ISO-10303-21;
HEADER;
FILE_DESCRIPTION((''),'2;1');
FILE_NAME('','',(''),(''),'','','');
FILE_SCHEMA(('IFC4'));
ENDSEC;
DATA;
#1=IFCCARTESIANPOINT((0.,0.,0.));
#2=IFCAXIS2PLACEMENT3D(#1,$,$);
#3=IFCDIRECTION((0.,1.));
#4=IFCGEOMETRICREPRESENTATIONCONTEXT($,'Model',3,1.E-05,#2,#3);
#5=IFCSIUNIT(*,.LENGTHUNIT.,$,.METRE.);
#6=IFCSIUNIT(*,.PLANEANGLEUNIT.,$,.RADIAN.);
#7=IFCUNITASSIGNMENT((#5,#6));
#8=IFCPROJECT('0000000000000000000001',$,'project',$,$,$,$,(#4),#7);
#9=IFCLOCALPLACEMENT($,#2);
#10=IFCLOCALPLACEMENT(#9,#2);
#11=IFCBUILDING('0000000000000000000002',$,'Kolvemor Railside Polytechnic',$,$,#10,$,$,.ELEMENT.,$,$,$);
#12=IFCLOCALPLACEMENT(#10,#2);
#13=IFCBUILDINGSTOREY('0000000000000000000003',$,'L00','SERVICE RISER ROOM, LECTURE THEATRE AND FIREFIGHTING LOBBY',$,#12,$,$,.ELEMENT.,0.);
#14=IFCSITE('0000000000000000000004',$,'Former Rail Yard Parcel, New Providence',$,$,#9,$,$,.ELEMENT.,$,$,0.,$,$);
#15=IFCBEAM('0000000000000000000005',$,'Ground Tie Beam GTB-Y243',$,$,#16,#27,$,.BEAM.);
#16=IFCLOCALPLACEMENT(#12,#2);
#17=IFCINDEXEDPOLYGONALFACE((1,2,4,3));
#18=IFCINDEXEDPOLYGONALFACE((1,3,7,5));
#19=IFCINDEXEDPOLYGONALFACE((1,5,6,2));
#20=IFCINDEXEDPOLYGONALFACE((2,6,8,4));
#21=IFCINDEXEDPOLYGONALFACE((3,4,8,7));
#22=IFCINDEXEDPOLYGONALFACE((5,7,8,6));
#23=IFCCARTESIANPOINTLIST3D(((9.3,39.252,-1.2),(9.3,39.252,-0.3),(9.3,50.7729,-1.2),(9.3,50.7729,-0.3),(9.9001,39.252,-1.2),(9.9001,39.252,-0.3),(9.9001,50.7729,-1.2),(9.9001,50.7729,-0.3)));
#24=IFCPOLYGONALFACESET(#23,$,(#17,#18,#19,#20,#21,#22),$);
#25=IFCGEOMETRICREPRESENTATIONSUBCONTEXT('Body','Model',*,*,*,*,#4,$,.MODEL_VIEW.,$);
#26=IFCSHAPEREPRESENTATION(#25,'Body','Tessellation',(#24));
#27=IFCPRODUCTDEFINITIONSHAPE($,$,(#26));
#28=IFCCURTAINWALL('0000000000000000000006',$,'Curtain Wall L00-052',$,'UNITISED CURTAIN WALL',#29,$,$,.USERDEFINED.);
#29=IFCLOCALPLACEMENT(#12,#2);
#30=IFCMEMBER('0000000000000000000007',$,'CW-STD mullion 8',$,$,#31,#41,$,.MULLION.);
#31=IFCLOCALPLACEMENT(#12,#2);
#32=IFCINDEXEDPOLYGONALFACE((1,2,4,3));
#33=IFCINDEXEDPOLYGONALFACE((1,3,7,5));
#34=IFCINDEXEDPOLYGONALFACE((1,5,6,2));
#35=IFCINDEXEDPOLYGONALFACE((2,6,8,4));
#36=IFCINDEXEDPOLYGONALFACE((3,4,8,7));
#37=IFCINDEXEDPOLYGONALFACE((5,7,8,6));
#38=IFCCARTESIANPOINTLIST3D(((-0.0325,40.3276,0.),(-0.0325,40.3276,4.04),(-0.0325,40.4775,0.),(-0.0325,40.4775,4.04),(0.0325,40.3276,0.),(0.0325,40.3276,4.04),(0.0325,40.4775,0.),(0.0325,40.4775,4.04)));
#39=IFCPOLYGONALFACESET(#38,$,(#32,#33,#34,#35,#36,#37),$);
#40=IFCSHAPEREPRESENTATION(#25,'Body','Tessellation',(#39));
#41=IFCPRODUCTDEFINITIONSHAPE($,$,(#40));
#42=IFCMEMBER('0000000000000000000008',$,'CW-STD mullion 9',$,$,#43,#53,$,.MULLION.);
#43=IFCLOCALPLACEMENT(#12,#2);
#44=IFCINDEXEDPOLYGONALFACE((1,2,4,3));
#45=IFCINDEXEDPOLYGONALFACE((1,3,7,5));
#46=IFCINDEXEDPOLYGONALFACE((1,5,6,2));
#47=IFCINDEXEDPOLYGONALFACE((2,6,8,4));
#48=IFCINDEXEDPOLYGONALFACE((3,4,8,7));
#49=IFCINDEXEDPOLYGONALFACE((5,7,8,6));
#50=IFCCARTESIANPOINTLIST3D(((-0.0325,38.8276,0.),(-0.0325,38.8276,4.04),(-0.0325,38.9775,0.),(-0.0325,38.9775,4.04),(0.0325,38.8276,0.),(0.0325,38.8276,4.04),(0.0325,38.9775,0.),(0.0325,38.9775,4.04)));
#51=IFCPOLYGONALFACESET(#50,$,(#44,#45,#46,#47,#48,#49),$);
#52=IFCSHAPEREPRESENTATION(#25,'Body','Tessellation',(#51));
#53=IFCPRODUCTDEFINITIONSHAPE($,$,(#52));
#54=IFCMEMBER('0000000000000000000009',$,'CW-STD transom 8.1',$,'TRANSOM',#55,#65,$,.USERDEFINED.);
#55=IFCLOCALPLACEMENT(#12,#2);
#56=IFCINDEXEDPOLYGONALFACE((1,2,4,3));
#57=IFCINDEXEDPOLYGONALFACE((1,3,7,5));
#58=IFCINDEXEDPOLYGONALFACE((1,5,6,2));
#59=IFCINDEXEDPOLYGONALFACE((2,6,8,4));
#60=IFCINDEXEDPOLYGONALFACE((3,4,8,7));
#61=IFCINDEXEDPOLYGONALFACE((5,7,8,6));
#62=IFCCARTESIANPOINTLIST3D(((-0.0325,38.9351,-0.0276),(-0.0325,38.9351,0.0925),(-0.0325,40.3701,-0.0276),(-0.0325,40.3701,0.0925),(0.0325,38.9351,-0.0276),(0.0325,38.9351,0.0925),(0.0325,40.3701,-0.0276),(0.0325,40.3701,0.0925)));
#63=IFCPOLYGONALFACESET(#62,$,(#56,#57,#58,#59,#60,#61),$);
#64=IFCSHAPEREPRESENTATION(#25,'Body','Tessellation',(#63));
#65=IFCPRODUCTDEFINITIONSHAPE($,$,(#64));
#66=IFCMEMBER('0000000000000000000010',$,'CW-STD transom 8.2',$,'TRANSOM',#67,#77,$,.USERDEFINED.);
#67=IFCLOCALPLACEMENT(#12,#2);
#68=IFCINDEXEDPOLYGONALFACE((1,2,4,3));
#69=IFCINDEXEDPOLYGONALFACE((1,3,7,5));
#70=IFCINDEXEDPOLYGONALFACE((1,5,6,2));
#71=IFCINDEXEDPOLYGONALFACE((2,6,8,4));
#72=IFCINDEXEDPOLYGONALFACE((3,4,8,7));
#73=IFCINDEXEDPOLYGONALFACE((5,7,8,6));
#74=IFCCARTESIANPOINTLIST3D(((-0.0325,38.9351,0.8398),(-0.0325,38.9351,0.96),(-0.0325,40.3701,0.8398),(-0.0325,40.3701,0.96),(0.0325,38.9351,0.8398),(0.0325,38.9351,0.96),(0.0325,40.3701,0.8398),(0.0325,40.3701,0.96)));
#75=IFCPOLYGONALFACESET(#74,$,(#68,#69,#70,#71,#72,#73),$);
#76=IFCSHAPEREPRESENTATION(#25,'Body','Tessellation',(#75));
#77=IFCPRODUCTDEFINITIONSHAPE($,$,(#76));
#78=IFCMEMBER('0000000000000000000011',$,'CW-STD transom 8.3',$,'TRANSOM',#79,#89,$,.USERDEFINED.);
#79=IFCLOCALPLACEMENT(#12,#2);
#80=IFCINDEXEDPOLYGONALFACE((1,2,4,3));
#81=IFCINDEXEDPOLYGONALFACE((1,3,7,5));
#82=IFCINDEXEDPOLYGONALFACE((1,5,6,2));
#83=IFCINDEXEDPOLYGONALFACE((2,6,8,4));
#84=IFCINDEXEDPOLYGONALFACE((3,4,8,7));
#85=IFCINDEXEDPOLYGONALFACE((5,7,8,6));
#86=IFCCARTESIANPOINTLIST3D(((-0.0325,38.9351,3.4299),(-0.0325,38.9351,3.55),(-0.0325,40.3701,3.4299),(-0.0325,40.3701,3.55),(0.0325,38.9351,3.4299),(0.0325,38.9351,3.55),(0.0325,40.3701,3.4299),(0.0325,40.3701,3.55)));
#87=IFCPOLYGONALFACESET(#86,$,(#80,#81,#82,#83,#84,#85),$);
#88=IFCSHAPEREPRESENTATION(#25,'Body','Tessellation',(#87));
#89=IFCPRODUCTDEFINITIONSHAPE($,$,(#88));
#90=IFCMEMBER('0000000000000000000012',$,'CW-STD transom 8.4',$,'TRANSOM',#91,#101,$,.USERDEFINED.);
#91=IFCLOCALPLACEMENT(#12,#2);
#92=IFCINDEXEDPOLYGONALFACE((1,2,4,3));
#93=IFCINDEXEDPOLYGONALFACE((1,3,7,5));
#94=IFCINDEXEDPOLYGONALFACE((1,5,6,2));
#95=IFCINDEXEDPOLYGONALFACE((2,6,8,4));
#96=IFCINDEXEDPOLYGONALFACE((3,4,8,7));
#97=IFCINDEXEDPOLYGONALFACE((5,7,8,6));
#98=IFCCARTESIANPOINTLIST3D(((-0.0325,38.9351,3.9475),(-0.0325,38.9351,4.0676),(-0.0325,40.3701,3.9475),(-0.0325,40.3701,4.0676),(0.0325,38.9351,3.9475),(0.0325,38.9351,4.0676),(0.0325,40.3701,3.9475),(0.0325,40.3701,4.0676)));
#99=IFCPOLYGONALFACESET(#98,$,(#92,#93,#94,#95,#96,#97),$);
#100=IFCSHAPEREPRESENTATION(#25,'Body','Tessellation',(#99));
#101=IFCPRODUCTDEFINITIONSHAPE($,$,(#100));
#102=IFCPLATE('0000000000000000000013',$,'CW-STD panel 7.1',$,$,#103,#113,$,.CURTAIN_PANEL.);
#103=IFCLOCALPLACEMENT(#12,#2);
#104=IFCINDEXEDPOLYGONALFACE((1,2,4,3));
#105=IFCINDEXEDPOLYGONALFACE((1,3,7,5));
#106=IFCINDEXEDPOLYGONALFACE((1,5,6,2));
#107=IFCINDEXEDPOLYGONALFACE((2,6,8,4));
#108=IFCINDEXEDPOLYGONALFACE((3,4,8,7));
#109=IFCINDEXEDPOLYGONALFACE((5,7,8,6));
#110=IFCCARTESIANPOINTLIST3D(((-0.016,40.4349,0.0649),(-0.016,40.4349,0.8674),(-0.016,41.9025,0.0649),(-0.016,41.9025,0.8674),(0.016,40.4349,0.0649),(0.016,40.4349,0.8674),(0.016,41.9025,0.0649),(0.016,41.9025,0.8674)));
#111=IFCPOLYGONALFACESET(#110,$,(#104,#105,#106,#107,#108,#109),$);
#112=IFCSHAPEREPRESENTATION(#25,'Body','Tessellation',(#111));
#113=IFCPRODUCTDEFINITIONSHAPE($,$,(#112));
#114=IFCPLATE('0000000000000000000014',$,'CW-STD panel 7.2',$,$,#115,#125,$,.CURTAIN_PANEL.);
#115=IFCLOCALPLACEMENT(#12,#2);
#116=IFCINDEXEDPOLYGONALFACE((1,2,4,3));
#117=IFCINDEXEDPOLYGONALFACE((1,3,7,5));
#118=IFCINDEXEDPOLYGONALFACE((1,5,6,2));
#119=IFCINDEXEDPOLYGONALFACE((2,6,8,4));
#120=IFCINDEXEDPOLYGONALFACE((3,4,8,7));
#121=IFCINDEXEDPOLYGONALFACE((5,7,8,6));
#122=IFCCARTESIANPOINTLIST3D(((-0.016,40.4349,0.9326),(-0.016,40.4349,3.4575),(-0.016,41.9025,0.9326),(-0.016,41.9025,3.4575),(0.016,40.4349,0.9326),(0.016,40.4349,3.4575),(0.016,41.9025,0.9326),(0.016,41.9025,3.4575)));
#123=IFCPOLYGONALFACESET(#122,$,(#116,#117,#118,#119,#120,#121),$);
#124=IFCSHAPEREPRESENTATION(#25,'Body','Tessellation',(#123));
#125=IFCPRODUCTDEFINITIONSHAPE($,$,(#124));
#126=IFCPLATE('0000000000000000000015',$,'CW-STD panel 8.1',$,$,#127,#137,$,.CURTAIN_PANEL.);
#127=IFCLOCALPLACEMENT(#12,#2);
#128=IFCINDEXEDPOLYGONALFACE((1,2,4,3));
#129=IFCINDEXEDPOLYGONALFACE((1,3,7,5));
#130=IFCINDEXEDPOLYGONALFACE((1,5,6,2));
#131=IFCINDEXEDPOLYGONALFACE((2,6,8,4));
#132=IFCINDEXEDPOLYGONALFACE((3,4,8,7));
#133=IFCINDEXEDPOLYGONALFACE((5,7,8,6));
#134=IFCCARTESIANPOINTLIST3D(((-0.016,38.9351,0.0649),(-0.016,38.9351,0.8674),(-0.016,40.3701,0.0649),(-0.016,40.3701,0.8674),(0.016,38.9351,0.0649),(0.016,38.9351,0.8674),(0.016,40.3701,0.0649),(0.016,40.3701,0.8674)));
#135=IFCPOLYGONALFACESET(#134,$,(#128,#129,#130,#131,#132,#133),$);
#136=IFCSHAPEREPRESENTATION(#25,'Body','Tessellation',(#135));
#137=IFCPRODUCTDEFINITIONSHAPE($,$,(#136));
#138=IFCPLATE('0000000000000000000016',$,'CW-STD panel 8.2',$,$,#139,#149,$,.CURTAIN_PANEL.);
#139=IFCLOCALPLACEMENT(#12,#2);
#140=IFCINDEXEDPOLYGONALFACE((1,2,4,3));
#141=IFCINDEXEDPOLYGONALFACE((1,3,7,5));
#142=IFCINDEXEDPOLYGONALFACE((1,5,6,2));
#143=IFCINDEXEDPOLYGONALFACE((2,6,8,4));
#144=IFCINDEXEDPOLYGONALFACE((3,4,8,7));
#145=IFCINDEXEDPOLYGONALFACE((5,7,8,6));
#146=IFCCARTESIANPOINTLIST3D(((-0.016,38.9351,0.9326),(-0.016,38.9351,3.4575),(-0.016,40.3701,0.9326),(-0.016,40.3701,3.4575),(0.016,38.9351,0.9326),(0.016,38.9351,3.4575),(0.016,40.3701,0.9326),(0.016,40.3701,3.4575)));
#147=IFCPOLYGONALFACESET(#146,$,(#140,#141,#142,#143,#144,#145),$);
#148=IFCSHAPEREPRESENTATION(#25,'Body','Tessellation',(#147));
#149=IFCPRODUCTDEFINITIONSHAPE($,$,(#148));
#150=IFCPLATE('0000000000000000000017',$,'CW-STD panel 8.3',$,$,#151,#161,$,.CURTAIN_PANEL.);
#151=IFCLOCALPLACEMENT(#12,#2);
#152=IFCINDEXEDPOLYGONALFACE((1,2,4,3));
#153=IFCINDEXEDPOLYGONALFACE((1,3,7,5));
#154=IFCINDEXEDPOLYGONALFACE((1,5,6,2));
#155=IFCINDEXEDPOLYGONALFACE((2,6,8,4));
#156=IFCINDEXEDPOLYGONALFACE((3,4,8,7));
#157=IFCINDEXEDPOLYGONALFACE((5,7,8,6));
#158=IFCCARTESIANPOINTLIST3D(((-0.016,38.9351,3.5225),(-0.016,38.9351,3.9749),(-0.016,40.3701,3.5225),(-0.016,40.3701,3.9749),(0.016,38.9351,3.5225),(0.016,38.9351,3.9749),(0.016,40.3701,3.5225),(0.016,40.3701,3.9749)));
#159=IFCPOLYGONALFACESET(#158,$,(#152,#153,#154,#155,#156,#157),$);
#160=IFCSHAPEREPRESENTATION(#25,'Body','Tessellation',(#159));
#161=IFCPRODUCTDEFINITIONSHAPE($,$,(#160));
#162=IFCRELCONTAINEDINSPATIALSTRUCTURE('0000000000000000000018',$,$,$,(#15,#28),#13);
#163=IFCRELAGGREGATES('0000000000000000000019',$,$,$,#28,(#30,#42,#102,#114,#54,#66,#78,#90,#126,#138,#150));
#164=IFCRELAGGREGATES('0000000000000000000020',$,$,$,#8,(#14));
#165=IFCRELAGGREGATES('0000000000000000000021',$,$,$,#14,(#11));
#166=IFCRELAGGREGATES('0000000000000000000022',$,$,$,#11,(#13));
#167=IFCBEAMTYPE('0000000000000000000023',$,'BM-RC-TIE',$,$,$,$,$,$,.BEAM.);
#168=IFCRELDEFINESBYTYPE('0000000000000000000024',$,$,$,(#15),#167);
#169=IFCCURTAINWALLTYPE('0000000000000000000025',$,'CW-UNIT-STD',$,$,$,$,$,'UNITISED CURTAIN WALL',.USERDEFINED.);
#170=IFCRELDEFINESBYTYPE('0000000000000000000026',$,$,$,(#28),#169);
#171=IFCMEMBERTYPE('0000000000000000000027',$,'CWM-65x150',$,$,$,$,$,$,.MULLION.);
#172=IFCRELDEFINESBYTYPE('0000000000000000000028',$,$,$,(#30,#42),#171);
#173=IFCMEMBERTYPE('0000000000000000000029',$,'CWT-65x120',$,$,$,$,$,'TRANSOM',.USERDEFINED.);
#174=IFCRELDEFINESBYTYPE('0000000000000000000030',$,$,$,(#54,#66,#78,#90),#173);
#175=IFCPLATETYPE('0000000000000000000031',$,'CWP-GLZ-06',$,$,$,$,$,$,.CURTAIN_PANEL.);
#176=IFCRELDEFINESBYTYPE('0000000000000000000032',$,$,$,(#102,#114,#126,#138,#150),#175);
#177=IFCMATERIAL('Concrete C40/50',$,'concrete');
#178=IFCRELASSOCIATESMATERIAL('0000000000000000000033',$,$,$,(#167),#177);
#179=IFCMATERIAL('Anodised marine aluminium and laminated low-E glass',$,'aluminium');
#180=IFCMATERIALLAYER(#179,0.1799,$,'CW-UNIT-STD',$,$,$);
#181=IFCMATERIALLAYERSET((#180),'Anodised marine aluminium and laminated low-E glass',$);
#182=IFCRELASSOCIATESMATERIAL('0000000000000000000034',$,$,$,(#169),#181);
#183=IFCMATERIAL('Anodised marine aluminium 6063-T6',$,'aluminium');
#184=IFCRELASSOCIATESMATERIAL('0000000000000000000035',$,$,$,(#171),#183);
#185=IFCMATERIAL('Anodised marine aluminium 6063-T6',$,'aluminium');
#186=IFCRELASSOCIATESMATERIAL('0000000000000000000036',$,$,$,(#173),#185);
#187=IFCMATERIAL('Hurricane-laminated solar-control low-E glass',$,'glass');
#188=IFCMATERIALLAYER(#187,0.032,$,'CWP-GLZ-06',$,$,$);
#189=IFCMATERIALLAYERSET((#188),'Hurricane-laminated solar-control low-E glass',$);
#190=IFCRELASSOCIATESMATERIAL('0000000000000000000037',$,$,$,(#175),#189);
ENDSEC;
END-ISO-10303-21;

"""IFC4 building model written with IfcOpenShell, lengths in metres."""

from ifc_helpers import new_model, si_unit, direction, frame, origin, origin_2d, place, context, subcontext, project, spatial, rectangle, extrude, material, layer, layer_set, material_profile, profile_set, type_object, element, aggregate, save


model = new_model("IFC4")

# Units and contexts
model_context = context("Model", 3, precision=1e-05, world=origin(), true_north=direction((0.0, 1.0)))
body_context = subcontext(model_context, "Body", "Model", "MODEL_VIEW")
ifc_project = project(units=[si_unit("LENGTHUNIT", "METRE"), si_unit("PLANEANGLEUNIT", "RADIAN")], contexts=[model_context])

# Site, building, storey
site_placement = place(None, origin())
site = spatial("IfcSite", under=ifc_project, at=site_placement, Name="Former Rail Yard Parcel, New Providence", CompositionType="ELEMENT", RefElevation=0.0)
building_placement = place(site_placement, origin())
building = spatial("IfcBuilding", under=site, at=building_placement, Name="Kolvemor Railside Polytechnic", CompositionType="ELEMENT")
storey_placement = place(building_placement, origin())
storey = spatial("IfcBuildingStorey", under=building, at=storey_placement, Name="L00", Description="SERVICE RISER ROOM, LECTURE THEATRE AND FIREFIGHTING LOBBY", CompositionType="ELEMENT", Elevation=0.0)

# Beam
ifc_material_1 = material(Name="Concrete C40/50", Category="concrete")
ifc_material_profile_1 = material_profile(ifc_material_1, rectangle(XDim=0.6001, YDim=0.8999, at=origin_2d()), Name="RC600x900")
ifc_profile_set_1 = profile_set([ifc_material_profile_1], Name="Concrete C40/50")
beam_type_1 = type_object("IfcBeamType", Name="BM-RC-TIE", PredefinedType="BEAM", material=ifc_profile_set_1)
beam_1_placement = place(storey_placement, frame((9.6001, 39.252, -0.75), z_axis=(0.0, 1.0, 0.0), x_axis=(-1.0, 0.0, 0.0)))
element("IfcBeam", 1, at=beam_1_placement, inside=storey, type_object=beam_type_1, Name="Ground Tie Beam GTB-Y243", PredefinedType="BEAM", context=body_context, shape_type="SweptSolid", body=[
    extrude(rectangle(XDim=0.6001, YDim=0.8999, at=origin_2d()), origin(), (0.0, 0.0, 1.0), 11.521),
])

# Curtain wall, members, plates
ifc_material_2 = material(Name="Anodised marine aluminium and laminated low-E glass", Category="aluminium")
ifc_layer_1 = layer(ifc_material_2, 0.1799, Name="CW-UNIT-STD")
ifc_layer_set_1 = layer_set([ifc_layer_1], Name="Anodised marine aluminium and laminated low-E glass")
curtain_wall_type = type_object("IfcCurtainWallType", Name="CW-UNIT-STD", ElementType="UNITISED CURTAIN WALL", PredefinedType="USERDEFINED", material=ifc_layer_set_1)
curtain_wall_placement = place(storey_placement, origin())
curtain_wall = element("IfcCurtainWall", 2, at=curtain_wall_placement, inside=storey, type_object=curtain_wall_type, Name="Curtain Wall L00-052", ObjectType="UNITISED CURTAIN WALL", PredefinedType="USERDEFINED")
ifc_material_3 = material(Name="Anodised marine aluminium 6063-T6", Category="aluminium")
ifc_material_profile_2 = material_profile(ifc_material_3, rectangle(XDim=0.0649, YDim=0.1499, at=origin_2d()), Name="CW-MUL-65x150")
ifc_profile_set_2 = profile_set([ifc_material_profile_2], Name="Anodised marine aluminium 6063-T6")
member_type_1 = type_object("IfcMemberType", Name="CWM-65x150", PredefinedType="MULLION", material=ifc_profile_set_2)
member_1_placement = place(storey_placement, frame((0.0, 40.4026, 0.0), z_axis=(0.0, 0.0, 1.0), x_axis=(1.0, 0.0, 0.0)))
member_1 = element("IfcMember", 3, at=member_1_placement, type_object=member_type_1, Name="CW-STD mullion 8", PredefinedType="MULLION", context=body_context, shape_type="SweptSolid", body=[
    extrude(rectangle(XDim=0.0649, YDim=0.1499, at=origin_2d()), origin(), (0.0, 0.0, 1.0), 4.04),
])
member_2_placement = place(storey_placement, frame((0.0, 38.9026, 0.0), z_axis=(0.0, 0.0, 1.0), x_axis=(1.0, 0.0, 0.0)))
member_2 = element("IfcMember", 4, at=member_2_placement, type_object=member_type_1, Name="CW-STD mullion 9", PredefinedType="MULLION", context=body_context, shape_type="SweptSolid", body=[
    extrude(rectangle(XDim=0.0649, YDim=0.1499, at=origin_2d()), origin(), (0.0, 0.0, 1.0), 4.04),
])
ifc_material_4 = material(Name="Anodised marine aluminium 6063-T6", Category="aluminium")
ifc_material_profile_3 = material_profile(ifc_material_4, rectangle(XDim=0.0649, YDim=0.1201, at=origin_2d()), Name="CW-TRN-65x120")
ifc_profile_set_3 = profile_set([ifc_material_profile_3], Name="Anodised marine aluminium 6063-T6")
member_type_2 = type_object("IfcMemberType", Name="CWT-65x120", ElementType="TRANSOM", PredefinedType="USERDEFINED", material=ifc_profile_set_3)
member_3_placement = place(storey_placement, frame((0.0, 40.3701, 0.0325), z_axis=(0.0, -1.0, 0.0), x_axis=(1.0, 0.0, 0.0)))
member_3 = element("IfcMember", 5, at=member_3_placement, type_object=member_type_2, Name="CW-STD transom 8.1", ObjectType="TRANSOM", PredefinedType="USERDEFINED", context=body_context, shape_type="SweptSolid", body=[
    extrude(rectangle(XDim=0.0649, YDim=0.1201, at=origin_2d()), origin(), (0.0, 0.0, 1.0), 1.4351),
])
member_4_placement = place(storey_placement, frame((0.0, 40.3701, 0.8999), z_axis=(0.0, -1.0, 0.0), x_axis=(1.0, 0.0, 0.0)))
member_4 = element("IfcMember", 6, at=member_4_placement, type_object=member_type_2, Name="CW-STD transom 8.2", ObjectType="TRANSOM", PredefinedType="USERDEFINED", context=body_context, shape_type="SweptSolid", body=[
    extrude(rectangle(XDim=0.0649, YDim=0.1201, at=origin_2d()), origin(), (0.0, 0.0, 1.0), 1.4351),
])
member_5_placement = place(storey_placement, frame((0.0, 40.3701, 3.49), z_axis=(0.0, -1.0, 0.0), x_axis=(1.0, 0.0, 0.0)))
member_5 = element("IfcMember", 7, at=member_5_placement, type_object=member_type_2, Name="CW-STD transom 8.3", ObjectType="TRANSOM", PredefinedType="USERDEFINED", context=body_context, shape_type="SweptSolid", body=[
    extrude(rectangle(XDim=0.0649, YDim=0.1201, at=origin_2d()), origin(), (0.0, 0.0, 1.0), 1.4351),
])
member_6_placement = place(storey_placement, frame((0.0, 40.3701, 4.0076), z_axis=(0.0, -1.0, 0.0), x_axis=(1.0, 0.0, 0.0)))
member_6 = element("IfcMember", 8, at=member_6_placement, type_object=member_type_2, Name="CW-STD transom 8.4", ObjectType="TRANSOM", PredefinedType="USERDEFINED", context=body_context, shape_type="SweptSolid", body=[
    extrude(rectangle(XDim=0.0649, YDim=0.1201, at=origin_2d()), origin(), (0.0, 0.0, 1.0), 1.4351),
])
ifc_material_5 = material(Name="Hurricane-laminated solar-control low-E glass", Category="glass")
ifc_layer_2 = layer(ifc_material_5, 0.032, Name="CWP-GLZ-06")
ifc_layer_set_2 = layer_set([ifc_layer_2], Name="Hurricane-laminated solar-control low-E glass")
plate_type = type_object("IfcPlateType", Name="CWP-GLZ-06", PredefinedType="CURTAIN_PANEL", material=ifc_layer_set_2)
plate_1_placement = place(storey_placement, frame((0.0, 41.1687, 0.0649), z_axis=(0.0, 0.0, 1.0), x_axis=(0.0, -1.0, 0.0)))
plate_1 = element("IfcPlate", 9, at=plate_1_placement, type_object=plate_type, Name="CW-STD panel 7.1", PredefinedType="CURTAIN_PANEL", context=body_context, shape_type="SweptSolid", body=[
    extrude(rectangle(XDim=1.4675, YDim=0.032, at=origin_2d()), origin(), (0.0, 0.0, 1.0), 0.8025),
])
plate_2_placement = place(storey_placement, frame((0.0, 41.1687, 0.9326), z_axis=(0.0, 0.0, 1.0), x_axis=(0.0, -1.0, 0.0)))
plate_2 = element("IfcPlate", 10, at=plate_2_placement, type_object=plate_type, Name="CW-STD panel 7.2", PredefinedType="CURTAIN_PANEL", context=body_context, shape_type="SweptSolid", body=[
    extrude(rectangle(XDim=1.4675, YDim=0.032, at=origin_2d()), origin(), (0.0, 0.0, 1.0), 2.5249),
])
plate_3_placement = place(storey_placement, frame((0.0, 39.6526, 0.0649), z_axis=(0.0, 0.0, 1.0), x_axis=(0.0, -1.0, 0.0)))
plate_3 = element("IfcPlate", 11, at=plate_3_placement, type_object=plate_type, Name="CW-STD panel 8.1", PredefinedType="CURTAIN_PANEL", context=body_context, shape_type="SweptSolid", body=[
    extrude(rectangle(XDim=1.4351, YDim=0.032, at=origin_2d()), origin(), (0.0, 0.0, 1.0), 0.8025),
])
plate_4_placement = place(storey_placement, frame((0.0, 39.6526, 0.9326), z_axis=(0.0, 0.0, 1.0), x_axis=(0.0, -1.0, 0.0)))
plate_4 = element("IfcPlate", 12, at=plate_4_placement, type_object=plate_type, Name="CW-STD panel 8.2", PredefinedType="CURTAIN_PANEL", context=body_context, shape_type="SweptSolid", body=[
    extrude(rectangle(XDim=1.4351, YDim=0.032, at=origin_2d()), origin(), (0.0, 0.0, 1.0), 2.5249),
])
plate_5_placement = place(storey_placement, frame((0.0, 39.6526, 3.5225), z_axis=(0.0, 0.0, 1.0), x_axis=(0.0, -1.0, 0.0)))
plate_5 = element("IfcPlate", 13, at=plate_5_placement, type_object=plate_type, Name="CW-STD panel 8.3", PredefinedType="CURTAIN_PANEL", context=body_context, shape_type="SweptSolid", body=[
    extrude(rectangle(XDim=1.4351, YDim=0.032, at=origin_2d()), origin(), (0.0, 0.0, 1.0), 0.4524),
])
aggregate(curtain_wall, [member_1, member_2, plate_1, plate_2, member_3, member_4, member_5, member_6, plate_3, plate_4, plate_5])

save(model, "model.ifc")
